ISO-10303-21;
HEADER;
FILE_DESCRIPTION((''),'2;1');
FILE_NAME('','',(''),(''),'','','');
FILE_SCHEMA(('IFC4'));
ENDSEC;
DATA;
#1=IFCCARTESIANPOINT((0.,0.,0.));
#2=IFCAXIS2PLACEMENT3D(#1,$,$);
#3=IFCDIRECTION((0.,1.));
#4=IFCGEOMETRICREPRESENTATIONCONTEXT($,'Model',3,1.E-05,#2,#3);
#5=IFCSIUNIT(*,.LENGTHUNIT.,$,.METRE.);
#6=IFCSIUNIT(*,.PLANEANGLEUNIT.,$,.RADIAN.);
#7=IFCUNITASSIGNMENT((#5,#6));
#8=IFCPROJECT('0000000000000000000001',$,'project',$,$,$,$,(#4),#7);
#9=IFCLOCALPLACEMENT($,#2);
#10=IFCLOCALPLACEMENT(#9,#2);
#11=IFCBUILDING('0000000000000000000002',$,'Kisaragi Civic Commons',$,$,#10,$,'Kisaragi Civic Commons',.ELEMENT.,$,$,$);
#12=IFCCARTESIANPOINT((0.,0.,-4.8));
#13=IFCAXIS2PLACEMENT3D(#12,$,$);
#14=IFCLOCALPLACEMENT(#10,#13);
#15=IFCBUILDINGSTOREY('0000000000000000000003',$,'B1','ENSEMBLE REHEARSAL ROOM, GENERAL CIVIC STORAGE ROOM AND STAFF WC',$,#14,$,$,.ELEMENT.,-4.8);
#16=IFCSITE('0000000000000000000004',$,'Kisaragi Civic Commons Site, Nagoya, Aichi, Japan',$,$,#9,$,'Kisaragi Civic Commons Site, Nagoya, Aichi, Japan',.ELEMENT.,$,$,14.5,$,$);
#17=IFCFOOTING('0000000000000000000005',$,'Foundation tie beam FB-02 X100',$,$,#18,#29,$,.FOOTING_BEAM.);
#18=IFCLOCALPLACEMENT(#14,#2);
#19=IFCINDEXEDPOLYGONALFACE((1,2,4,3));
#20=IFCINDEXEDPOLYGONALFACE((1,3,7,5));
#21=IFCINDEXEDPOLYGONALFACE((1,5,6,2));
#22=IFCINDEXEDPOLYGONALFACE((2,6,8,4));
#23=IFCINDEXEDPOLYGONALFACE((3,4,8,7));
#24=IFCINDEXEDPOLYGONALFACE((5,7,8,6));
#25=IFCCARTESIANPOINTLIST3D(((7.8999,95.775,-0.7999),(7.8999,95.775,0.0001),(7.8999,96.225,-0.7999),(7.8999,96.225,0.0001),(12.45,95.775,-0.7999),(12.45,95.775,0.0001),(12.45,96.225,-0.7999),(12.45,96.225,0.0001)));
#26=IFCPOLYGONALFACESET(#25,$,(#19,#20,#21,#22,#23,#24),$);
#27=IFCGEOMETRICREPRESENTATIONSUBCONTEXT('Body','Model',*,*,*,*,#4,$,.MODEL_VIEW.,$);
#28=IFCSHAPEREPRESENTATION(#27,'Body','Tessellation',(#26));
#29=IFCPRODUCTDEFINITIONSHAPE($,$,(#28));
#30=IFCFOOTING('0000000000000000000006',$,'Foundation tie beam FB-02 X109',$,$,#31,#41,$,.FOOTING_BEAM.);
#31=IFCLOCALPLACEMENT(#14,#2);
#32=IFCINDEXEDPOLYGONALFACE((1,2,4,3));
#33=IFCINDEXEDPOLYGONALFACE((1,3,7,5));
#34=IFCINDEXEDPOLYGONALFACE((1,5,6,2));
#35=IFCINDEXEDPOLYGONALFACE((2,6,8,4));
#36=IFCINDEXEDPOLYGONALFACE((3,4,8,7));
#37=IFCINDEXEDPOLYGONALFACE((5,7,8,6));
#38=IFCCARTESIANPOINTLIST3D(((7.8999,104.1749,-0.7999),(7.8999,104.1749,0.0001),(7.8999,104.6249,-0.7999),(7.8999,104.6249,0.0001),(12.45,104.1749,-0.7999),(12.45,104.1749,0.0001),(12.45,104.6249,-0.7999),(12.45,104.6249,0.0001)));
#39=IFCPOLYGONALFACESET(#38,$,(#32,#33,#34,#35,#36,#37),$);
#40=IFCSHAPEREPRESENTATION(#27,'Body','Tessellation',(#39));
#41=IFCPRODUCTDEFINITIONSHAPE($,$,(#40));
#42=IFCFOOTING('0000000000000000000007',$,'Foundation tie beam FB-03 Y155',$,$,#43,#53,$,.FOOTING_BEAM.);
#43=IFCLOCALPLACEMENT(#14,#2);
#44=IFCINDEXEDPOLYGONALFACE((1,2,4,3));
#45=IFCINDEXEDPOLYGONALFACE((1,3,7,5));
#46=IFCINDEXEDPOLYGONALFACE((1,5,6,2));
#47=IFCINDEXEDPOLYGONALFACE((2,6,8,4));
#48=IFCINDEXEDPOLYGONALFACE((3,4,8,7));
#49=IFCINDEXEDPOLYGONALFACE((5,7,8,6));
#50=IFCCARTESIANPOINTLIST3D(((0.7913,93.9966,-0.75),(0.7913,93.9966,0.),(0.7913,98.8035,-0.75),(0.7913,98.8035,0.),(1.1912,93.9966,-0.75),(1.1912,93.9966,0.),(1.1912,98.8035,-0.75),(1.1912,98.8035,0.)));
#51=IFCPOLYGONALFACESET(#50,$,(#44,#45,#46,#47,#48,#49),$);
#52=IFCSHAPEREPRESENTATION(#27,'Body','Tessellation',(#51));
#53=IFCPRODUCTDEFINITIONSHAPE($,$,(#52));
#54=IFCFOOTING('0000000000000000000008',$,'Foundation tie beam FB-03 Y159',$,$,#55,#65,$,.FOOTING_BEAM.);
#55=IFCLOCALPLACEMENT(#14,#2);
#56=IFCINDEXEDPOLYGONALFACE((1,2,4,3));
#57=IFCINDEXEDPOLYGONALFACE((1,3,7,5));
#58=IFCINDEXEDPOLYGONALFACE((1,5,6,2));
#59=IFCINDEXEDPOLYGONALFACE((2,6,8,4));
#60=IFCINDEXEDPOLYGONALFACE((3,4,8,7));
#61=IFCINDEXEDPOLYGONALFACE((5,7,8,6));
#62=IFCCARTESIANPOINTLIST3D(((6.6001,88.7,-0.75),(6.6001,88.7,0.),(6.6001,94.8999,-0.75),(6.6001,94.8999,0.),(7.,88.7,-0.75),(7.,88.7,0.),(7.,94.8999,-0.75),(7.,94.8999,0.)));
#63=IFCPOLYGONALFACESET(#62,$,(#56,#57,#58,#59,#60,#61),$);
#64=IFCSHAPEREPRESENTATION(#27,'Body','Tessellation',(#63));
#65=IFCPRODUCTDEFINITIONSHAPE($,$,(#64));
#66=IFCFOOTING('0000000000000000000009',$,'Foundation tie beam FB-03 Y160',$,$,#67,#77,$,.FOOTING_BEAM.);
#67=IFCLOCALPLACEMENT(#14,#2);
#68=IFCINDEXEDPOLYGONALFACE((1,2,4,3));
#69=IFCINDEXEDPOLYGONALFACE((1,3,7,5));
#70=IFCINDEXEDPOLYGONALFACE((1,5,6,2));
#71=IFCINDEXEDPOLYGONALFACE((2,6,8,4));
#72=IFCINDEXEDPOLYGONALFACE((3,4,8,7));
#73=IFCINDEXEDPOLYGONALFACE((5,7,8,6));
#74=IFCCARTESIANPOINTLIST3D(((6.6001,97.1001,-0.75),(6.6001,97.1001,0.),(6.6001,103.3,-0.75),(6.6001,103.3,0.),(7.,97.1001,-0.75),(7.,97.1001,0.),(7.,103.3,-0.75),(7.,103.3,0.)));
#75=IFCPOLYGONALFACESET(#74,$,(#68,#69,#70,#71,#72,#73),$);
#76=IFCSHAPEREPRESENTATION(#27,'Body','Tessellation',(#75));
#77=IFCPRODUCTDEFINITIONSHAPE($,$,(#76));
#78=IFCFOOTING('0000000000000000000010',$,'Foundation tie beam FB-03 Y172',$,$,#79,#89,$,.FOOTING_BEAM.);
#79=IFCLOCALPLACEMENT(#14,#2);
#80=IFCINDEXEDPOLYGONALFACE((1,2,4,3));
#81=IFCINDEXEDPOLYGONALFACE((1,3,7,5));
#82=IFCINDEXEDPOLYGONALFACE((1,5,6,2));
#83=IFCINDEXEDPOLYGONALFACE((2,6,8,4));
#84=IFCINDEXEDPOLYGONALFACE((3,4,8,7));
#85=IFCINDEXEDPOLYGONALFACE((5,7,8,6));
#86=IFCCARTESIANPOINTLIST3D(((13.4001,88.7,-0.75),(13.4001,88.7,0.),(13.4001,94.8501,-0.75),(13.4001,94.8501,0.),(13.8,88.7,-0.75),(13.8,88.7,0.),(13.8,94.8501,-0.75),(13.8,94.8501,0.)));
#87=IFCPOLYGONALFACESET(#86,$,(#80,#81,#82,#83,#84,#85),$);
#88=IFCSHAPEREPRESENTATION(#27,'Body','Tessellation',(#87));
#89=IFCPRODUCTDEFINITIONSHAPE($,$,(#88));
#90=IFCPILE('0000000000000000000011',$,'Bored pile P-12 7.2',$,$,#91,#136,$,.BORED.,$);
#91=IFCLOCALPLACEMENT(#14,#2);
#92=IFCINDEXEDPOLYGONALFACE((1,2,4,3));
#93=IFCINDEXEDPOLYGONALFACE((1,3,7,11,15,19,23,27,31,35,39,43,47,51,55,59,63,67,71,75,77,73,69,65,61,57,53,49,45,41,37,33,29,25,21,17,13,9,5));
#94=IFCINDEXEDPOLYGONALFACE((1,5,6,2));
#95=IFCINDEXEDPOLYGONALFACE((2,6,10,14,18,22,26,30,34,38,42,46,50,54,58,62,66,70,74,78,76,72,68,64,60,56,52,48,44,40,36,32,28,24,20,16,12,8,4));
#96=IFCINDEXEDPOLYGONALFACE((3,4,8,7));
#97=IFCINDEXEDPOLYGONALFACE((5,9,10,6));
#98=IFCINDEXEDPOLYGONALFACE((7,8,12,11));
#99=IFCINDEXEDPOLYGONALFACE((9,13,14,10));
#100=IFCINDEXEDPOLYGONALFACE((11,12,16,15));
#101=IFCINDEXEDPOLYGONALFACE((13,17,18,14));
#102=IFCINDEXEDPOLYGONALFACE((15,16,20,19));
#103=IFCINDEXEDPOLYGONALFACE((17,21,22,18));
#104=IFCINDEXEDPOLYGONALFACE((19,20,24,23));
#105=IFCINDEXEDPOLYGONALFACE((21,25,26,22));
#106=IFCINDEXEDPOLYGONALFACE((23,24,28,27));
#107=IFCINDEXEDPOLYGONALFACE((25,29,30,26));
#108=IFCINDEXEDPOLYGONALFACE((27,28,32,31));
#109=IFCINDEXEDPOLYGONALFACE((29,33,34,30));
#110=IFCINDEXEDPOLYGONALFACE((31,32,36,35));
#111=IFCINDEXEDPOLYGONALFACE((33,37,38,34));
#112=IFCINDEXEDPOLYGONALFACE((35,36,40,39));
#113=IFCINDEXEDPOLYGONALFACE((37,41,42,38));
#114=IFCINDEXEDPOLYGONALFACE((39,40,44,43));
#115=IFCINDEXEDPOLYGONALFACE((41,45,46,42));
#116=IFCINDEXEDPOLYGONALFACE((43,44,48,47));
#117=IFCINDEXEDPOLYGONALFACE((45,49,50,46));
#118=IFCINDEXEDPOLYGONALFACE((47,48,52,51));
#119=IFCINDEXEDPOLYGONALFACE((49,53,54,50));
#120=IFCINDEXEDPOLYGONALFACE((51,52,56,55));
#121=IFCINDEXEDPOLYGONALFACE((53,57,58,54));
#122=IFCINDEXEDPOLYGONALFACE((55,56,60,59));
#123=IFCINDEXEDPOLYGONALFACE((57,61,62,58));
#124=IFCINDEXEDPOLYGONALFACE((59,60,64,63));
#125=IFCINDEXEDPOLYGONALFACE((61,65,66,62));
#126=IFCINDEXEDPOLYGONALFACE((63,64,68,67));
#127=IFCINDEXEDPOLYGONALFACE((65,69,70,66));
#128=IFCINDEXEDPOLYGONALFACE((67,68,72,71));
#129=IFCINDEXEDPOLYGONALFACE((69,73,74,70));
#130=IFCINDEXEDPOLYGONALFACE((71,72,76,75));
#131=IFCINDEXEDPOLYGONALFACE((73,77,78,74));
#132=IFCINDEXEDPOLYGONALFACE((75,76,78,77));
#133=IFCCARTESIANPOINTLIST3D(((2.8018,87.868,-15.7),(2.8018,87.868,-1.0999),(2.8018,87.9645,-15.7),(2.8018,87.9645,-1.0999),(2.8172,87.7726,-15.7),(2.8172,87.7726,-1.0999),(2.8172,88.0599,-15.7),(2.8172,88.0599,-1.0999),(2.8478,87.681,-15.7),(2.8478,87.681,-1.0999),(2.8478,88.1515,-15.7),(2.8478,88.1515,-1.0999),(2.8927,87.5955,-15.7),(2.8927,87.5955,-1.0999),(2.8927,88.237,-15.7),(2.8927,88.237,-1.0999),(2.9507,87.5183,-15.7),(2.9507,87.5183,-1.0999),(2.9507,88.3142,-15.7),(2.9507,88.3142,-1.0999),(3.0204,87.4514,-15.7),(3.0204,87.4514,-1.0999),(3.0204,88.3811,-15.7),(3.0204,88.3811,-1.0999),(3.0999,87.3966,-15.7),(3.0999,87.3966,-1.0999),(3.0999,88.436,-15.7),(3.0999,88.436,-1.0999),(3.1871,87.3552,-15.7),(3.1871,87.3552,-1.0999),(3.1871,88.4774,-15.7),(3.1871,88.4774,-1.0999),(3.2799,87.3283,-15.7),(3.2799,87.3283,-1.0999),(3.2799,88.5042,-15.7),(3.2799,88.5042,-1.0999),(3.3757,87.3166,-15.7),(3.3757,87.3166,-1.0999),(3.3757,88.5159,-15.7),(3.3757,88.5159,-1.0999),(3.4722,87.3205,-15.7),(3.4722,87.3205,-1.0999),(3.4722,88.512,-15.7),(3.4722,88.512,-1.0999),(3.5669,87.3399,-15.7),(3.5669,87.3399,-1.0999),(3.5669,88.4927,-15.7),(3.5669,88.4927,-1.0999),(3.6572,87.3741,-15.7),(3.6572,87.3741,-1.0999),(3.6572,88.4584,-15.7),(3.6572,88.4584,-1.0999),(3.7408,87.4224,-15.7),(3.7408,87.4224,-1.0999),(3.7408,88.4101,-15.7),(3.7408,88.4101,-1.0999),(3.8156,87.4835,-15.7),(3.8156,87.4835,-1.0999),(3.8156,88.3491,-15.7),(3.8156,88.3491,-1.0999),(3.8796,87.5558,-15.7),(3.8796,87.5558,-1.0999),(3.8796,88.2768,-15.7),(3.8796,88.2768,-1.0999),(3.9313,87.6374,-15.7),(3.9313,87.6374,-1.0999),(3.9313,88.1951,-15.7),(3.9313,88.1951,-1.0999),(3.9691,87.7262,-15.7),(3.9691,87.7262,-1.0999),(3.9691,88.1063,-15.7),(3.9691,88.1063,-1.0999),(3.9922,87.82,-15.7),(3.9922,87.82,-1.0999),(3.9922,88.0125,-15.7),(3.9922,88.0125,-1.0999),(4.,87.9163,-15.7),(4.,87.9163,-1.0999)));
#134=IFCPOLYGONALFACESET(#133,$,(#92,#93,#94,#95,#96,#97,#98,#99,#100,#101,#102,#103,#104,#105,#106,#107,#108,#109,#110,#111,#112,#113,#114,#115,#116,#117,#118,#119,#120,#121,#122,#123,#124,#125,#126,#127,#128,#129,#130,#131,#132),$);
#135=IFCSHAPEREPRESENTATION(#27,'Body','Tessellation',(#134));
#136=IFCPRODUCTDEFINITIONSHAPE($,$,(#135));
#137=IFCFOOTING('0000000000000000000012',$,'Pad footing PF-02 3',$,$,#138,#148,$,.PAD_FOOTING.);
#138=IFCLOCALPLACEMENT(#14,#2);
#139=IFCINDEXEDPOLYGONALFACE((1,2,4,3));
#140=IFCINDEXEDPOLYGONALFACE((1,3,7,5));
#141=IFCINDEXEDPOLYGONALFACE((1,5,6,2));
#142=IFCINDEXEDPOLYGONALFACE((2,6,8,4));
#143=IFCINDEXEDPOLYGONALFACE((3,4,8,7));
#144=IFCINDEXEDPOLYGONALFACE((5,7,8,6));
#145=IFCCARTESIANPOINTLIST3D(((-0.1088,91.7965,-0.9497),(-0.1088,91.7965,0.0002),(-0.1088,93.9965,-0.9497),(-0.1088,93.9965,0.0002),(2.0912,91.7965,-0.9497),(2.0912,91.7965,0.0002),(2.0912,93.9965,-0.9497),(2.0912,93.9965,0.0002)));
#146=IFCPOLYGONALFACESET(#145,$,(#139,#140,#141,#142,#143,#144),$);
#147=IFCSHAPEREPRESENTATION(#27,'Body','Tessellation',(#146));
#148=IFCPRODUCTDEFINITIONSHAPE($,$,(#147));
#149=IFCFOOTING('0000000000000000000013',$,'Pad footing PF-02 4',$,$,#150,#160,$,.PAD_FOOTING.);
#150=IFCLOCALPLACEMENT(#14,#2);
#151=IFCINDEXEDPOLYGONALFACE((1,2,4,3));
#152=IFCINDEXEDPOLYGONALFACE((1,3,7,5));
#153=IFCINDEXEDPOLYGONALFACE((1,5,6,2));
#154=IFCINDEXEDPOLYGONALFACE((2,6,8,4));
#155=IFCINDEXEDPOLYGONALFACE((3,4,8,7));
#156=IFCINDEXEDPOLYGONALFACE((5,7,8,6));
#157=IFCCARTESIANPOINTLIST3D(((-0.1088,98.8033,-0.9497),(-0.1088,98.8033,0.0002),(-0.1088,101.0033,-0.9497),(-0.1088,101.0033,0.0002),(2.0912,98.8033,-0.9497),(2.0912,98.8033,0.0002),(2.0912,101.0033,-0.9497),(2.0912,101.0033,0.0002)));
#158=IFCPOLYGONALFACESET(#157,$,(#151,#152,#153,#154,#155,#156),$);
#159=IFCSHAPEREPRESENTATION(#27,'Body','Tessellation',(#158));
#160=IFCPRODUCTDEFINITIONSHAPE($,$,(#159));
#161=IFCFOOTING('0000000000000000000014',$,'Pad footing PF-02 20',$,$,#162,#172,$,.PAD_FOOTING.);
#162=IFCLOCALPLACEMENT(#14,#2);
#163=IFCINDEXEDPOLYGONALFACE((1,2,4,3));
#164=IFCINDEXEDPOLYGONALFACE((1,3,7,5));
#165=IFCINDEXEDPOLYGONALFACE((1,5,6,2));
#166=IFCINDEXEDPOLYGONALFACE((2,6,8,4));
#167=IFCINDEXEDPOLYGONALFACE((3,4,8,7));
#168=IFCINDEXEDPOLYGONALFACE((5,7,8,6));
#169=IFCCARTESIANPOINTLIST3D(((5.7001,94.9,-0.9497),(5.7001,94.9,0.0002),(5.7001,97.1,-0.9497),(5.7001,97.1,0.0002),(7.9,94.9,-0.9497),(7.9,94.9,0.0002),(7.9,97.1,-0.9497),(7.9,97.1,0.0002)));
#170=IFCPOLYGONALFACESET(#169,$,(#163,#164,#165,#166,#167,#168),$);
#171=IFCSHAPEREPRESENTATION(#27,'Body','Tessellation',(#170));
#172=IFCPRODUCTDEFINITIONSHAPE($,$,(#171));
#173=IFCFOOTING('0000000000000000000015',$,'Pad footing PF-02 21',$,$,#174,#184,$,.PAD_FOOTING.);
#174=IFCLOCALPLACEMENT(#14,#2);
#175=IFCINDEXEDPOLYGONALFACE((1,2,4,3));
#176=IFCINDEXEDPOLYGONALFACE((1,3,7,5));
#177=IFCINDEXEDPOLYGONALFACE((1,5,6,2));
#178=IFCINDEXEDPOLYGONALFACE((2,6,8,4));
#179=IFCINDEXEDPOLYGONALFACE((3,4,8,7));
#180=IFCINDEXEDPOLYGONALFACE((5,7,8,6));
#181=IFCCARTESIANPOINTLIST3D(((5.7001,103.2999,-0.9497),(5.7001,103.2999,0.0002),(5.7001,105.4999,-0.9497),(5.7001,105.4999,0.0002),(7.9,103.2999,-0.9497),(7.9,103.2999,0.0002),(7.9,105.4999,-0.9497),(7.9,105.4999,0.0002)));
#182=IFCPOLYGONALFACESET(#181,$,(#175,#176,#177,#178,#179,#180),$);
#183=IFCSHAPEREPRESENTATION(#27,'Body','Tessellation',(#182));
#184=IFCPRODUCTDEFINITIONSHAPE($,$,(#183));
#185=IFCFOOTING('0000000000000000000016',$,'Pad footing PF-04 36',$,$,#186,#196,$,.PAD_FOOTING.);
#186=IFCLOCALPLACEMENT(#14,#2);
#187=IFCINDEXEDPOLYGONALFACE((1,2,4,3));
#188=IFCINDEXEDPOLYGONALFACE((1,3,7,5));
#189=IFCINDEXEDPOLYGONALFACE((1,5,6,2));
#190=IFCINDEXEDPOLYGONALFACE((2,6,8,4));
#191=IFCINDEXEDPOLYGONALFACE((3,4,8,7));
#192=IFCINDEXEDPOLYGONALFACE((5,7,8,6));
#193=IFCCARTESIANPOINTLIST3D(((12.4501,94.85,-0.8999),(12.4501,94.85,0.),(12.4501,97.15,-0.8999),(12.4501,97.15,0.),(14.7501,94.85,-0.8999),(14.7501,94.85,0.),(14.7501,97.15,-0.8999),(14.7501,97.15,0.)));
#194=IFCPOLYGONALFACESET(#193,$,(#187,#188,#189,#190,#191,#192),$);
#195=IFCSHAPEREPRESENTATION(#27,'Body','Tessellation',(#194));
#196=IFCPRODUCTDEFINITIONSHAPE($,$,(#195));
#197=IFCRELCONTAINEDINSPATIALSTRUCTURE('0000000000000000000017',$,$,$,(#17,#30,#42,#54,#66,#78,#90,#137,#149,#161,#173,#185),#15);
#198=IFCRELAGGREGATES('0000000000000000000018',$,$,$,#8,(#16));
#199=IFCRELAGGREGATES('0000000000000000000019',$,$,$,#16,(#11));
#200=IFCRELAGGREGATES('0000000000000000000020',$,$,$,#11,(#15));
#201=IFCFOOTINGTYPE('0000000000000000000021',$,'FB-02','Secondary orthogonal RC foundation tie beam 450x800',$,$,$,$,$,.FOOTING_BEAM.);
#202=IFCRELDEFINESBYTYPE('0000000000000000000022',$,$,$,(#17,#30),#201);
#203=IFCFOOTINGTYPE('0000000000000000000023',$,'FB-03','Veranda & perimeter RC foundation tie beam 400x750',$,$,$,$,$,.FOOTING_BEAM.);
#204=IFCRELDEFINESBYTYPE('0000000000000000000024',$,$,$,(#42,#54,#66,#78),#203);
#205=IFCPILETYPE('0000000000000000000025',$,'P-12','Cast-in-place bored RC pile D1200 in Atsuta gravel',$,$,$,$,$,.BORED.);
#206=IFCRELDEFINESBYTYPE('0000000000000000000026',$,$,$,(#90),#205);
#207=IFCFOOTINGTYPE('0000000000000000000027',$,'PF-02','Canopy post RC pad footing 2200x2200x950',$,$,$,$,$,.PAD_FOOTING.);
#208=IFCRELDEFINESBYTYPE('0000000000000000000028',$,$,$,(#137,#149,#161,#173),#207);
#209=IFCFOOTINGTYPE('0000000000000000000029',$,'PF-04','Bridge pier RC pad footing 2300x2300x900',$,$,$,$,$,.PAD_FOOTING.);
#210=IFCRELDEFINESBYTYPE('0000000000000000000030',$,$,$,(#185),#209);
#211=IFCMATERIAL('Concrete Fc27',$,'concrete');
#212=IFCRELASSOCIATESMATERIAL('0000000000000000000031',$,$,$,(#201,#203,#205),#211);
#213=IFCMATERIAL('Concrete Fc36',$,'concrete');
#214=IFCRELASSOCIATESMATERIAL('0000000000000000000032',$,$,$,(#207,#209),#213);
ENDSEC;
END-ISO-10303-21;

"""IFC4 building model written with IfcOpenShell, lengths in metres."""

from ifc_helpers import new_model, si_unit, direction, frame, origin, origin_2d, place, context, subcontext, project, spatial, rectangle, circle, extrude, material, material_profile, profile_set, type_object, element, save


model = new_model("IFC4")

# Units and contexts
model_context = context("Model", 3, precision=1e-05, world=origin(), true_north=direction((0.0, 1.0)))
body_context = subcontext(model_context, "Body", "Model", "MODEL_VIEW")
ifc_project = project(units=[si_unit("LENGTHUNIT", "METRE"), si_unit("PLANEANGLEUNIT", "RADIAN")], contexts=[model_context])

# Site, building, storey
site_placement = place(None, origin())
site = spatial("IfcSite", under=ifc_project, at=site_placement, Name="Kisaragi Civic Commons Site, Nagoya, Aichi, Japan", LongName="Kisaragi Civic Commons Site, Nagoya, Aichi, Japan", CompositionType="ELEMENT", RefElevation=14.5)
building_placement = place(site_placement, origin())
building = spatial("IfcBuilding", under=site, at=building_placement, Name="Kisaragi Civic Commons", LongName="Kisaragi Civic Commons", CompositionType="ELEMENT")
storey_placement = place(building_placement, frame((0.0, 0.0, -4.8)))
storey = spatial("IfcBuildingStorey", under=building, at=storey_placement, Name="B1", Description="ENSEMBLE REHEARSAL ROOM, GENERAL CIVIC STORAGE ROOM AND STAFF WC", CompositionType="ELEMENT", Elevation=-4.8)

# Footings
ifc_material_1 = material(Name="Concrete Fc27", Category="concrete")
ifc_material_profile_1 = material_profile(ifc_material_1, rectangle(XDim=0.45, YDim=0.8, at=origin_2d()), Name="RC-450x800", Category="concrete")
ifc_profile_set_1 = profile_set([ifc_material_profile_1], Name="Concrete Fc27")
footing_type_1 = type_object("IfcFootingType", Name="FB-02", Description="Secondary orthogonal RC foundation tie beam 450x800", PredefinedType="FOOTING_BEAM", material=ifc_profile_set_1)
for number, where, z_axis, x_axis, name in (
    (1, (7.8999, 96.0, -0.3999), (1.0, 0.0, 0.0), (0.0, 1.0, 0.0), "Foundation tie beam FB-02 X100"),
    (2, (7.8999, 104.3999, -0.3999), (1.0, 0.0, 0.0), (0.0, 1.0, 0.0), "Foundation tie beam FB-02 X109"),
):
    element("IfcFooting", number, at=place(storey_placement, frame(where, z_axis=z_axis, x_axis=x_axis)), inside=storey, type_object=footing_type_1, Name=name, PredefinedType="FOOTING_BEAM", context=body_context, shape_type="SweptSolid", body=[
        extrude(rectangle(XDim=0.45, YDim=0.8, at=origin_2d()), origin(), (0.0, 0.0, 1.0), 4.55),
    ])
ifc_material_profile_2 = material_profile(ifc_material_1, rectangle(XDim=0.3999, YDim=0.75, at=origin_2d()), Name="RC-400x750", Category="concrete")
ifc_profile_set_2 = profile_set([ifc_material_profile_2], Name="Concrete Fc27")
footing_type_2 = type_object("IfcFootingType", Name="FB-03", Description="Veranda & perimeter RC foundation tie beam 400x750", PredefinedType="FOOTING_BEAM", material=ifc_profile_set_2)
footing_1_placement = place(storey_placement, frame((0.9912, 93.9966, -0.375), z_axis=(0.0, 1.0, 0.0), x_axis=(-1.0, 0.0, 0.0)))
element("IfcFooting", 3, at=footing_1_placement, inside=storey, type_object=footing_type_2, Name="Foundation tie beam FB-03 Y155", PredefinedType="FOOTING_BEAM", context=body_context, shape_type="SweptSolid", body=[
    extrude(rectangle(XDim=0.3999, YDim=0.75, at=origin_2d()), origin(), (0.0, 0.0, 1.0), 4.8069),
])
for number, where, z_axis, x_axis, name in (
    (4, (6.8, 88.7, -0.375), (0.0, 1.0, 0.0), (-1.0, 0.0, 0.0), "Foundation tie beam FB-03 Y159"),
    (5, (6.8, 97.1001, -0.375), (0.0, 1.0, 0.0), (-1.0, 0.0, 0.0), "Foundation tie beam FB-03 Y160"),
):
    element("IfcFooting", number, at=place(storey_placement, frame(where, z_axis=z_axis, x_axis=x_axis)), inside=storey, type_object=footing_type_2, Name=name, PredefinedType="FOOTING_BEAM", context=body_context, shape_type="SweptSolid", body=[
        extrude(rectangle(XDim=0.3999, YDim=0.75, at=origin_2d()), origin(), (0.0, 0.0, 1.0), 6.2),
    ])
footing_2_placement = place(storey_placement, frame((13.6001, 88.7, -0.375), z_axis=(0.0, 1.0, 0.0), x_axis=(-1.0, 0.0, 0.0)))
element("IfcFooting", 6, at=footing_2_placement, inside=storey, type_object=footing_type_2, Name="Foundation tie beam FB-03 Y172", PredefinedType="FOOTING_BEAM", context=body_context, shape_type="SweptSolid", body=[
    extrude(rectangle(XDim=0.3999, YDim=0.75, at=origin_2d()), origin(), (0.0, 0.0, 1.0), 6.1501),
])

# Pile
ifc_material_profile_3 = material_profile(ifc_material_1, circle(Radius=0.6001, at=origin_2d()), Name="PILE-D1200", Category="concrete")
ifc_profile_set_3 = profile_set([ifc_material_profile_3], Name="Concrete Fc27")
pile_type = type_object("IfcPileType", Name="P-12", Description="Cast-in-place bored RC pile D1200 in Atsuta gravel", PredefinedType="BORED", material=ifc_profile_set_3)
pile_placement = place(storey_placement, frame((3.3999, 87.9163, -1.0999), z_axis=(0.0, 0.0, -1.0), x_axis=(1.0, 0.0, 0.0)))
element("IfcPile", 7, at=pile_placement, inside=storey, type_object=pile_type, Name="Bored pile P-12 7.2", PredefinedType="BORED", context=body_context, shape_type="SweptSolid", body=[
    extrude(circle(Radius=0.6001, at=origin_2d()), origin(), (0.0, 0.0, 1.0), 14.6001),
])

# Footings
ifc_material_2 = material(Name="Concrete Fc36", Category="concrete")
footing_type_3 = type_object("IfcFootingType", Name="PF-02", Description="Canopy post RC pad footing 2200x2200x950", PredefinedType="PAD_FOOTING", material=ifc_material_2)
for number, where, z_axis, x_axis, name in (
    (8, (0.9912, 92.8965, -0.9497), (0.0, 0.0, 1.0), (1.0, 0.0, 0.0), "Pad footing PF-02 3"),
    (9, (0.9912, 99.9033, -0.9497), (0.0, 0.0, 1.0), (1.0, 0.0, 0.0), "Pad footing PF-02 4"),
    (10, (6.8, 96.0, -0.9497), (0.0, 0.0, 1.0), (1.0, 0.0, 0.0), "Pad footing PF-02 20"),
    (11, (6.8, 104.3999, -0.9497), (0.0, 0.0, 1.0), (1.0, 0.0, 0.0), "Pad footing PF-02 21"),
):
    element("IfcFooting", number, at=place(storey_placement, frame(where, z_axis=z_axis, x_axis=x_axis)), inside=storey, type_object=footing_type_3, Name=name, PredefinedType="PAD_FOOTING", context=body_context, shape_type="SweptSolid", body=[
        extrude(rectangle(XDim=2.2, YDim=2.2, at=origin_2d()), origin(), (0.0, 0.0, 1.0), 0.95),
    ])
footing_type_4 = type_object("IfcFootingType", Name="PF-04", Description="Bridge pier RC pad footing 2300x2300x900", PredefinedType="PAD_FOOTING", material=ifc_material_2)
footing_3_placement = place(storey_placement, frame((13.6001, 96.0, -0.8999), z_axis=(0.0, 0.0, 1.0), x_axis=(1.0, 0.0, 0.0)))
element("IfcFooting", 12, at=footing_3_placement, inside=storey, type_object=footing_type_4, Name="Pad footing PF-04 36", PredefinedType="PAD_FOOTING", context=body_context, shape_type="SweptSolid", body=[
    extrude(rectangle(XDim=2.3, YDim=2.3, at=origin_2d()), origin(), (0.0, 0.0, 1.0), 0.8999),
])

save(model, "model.ifc")
